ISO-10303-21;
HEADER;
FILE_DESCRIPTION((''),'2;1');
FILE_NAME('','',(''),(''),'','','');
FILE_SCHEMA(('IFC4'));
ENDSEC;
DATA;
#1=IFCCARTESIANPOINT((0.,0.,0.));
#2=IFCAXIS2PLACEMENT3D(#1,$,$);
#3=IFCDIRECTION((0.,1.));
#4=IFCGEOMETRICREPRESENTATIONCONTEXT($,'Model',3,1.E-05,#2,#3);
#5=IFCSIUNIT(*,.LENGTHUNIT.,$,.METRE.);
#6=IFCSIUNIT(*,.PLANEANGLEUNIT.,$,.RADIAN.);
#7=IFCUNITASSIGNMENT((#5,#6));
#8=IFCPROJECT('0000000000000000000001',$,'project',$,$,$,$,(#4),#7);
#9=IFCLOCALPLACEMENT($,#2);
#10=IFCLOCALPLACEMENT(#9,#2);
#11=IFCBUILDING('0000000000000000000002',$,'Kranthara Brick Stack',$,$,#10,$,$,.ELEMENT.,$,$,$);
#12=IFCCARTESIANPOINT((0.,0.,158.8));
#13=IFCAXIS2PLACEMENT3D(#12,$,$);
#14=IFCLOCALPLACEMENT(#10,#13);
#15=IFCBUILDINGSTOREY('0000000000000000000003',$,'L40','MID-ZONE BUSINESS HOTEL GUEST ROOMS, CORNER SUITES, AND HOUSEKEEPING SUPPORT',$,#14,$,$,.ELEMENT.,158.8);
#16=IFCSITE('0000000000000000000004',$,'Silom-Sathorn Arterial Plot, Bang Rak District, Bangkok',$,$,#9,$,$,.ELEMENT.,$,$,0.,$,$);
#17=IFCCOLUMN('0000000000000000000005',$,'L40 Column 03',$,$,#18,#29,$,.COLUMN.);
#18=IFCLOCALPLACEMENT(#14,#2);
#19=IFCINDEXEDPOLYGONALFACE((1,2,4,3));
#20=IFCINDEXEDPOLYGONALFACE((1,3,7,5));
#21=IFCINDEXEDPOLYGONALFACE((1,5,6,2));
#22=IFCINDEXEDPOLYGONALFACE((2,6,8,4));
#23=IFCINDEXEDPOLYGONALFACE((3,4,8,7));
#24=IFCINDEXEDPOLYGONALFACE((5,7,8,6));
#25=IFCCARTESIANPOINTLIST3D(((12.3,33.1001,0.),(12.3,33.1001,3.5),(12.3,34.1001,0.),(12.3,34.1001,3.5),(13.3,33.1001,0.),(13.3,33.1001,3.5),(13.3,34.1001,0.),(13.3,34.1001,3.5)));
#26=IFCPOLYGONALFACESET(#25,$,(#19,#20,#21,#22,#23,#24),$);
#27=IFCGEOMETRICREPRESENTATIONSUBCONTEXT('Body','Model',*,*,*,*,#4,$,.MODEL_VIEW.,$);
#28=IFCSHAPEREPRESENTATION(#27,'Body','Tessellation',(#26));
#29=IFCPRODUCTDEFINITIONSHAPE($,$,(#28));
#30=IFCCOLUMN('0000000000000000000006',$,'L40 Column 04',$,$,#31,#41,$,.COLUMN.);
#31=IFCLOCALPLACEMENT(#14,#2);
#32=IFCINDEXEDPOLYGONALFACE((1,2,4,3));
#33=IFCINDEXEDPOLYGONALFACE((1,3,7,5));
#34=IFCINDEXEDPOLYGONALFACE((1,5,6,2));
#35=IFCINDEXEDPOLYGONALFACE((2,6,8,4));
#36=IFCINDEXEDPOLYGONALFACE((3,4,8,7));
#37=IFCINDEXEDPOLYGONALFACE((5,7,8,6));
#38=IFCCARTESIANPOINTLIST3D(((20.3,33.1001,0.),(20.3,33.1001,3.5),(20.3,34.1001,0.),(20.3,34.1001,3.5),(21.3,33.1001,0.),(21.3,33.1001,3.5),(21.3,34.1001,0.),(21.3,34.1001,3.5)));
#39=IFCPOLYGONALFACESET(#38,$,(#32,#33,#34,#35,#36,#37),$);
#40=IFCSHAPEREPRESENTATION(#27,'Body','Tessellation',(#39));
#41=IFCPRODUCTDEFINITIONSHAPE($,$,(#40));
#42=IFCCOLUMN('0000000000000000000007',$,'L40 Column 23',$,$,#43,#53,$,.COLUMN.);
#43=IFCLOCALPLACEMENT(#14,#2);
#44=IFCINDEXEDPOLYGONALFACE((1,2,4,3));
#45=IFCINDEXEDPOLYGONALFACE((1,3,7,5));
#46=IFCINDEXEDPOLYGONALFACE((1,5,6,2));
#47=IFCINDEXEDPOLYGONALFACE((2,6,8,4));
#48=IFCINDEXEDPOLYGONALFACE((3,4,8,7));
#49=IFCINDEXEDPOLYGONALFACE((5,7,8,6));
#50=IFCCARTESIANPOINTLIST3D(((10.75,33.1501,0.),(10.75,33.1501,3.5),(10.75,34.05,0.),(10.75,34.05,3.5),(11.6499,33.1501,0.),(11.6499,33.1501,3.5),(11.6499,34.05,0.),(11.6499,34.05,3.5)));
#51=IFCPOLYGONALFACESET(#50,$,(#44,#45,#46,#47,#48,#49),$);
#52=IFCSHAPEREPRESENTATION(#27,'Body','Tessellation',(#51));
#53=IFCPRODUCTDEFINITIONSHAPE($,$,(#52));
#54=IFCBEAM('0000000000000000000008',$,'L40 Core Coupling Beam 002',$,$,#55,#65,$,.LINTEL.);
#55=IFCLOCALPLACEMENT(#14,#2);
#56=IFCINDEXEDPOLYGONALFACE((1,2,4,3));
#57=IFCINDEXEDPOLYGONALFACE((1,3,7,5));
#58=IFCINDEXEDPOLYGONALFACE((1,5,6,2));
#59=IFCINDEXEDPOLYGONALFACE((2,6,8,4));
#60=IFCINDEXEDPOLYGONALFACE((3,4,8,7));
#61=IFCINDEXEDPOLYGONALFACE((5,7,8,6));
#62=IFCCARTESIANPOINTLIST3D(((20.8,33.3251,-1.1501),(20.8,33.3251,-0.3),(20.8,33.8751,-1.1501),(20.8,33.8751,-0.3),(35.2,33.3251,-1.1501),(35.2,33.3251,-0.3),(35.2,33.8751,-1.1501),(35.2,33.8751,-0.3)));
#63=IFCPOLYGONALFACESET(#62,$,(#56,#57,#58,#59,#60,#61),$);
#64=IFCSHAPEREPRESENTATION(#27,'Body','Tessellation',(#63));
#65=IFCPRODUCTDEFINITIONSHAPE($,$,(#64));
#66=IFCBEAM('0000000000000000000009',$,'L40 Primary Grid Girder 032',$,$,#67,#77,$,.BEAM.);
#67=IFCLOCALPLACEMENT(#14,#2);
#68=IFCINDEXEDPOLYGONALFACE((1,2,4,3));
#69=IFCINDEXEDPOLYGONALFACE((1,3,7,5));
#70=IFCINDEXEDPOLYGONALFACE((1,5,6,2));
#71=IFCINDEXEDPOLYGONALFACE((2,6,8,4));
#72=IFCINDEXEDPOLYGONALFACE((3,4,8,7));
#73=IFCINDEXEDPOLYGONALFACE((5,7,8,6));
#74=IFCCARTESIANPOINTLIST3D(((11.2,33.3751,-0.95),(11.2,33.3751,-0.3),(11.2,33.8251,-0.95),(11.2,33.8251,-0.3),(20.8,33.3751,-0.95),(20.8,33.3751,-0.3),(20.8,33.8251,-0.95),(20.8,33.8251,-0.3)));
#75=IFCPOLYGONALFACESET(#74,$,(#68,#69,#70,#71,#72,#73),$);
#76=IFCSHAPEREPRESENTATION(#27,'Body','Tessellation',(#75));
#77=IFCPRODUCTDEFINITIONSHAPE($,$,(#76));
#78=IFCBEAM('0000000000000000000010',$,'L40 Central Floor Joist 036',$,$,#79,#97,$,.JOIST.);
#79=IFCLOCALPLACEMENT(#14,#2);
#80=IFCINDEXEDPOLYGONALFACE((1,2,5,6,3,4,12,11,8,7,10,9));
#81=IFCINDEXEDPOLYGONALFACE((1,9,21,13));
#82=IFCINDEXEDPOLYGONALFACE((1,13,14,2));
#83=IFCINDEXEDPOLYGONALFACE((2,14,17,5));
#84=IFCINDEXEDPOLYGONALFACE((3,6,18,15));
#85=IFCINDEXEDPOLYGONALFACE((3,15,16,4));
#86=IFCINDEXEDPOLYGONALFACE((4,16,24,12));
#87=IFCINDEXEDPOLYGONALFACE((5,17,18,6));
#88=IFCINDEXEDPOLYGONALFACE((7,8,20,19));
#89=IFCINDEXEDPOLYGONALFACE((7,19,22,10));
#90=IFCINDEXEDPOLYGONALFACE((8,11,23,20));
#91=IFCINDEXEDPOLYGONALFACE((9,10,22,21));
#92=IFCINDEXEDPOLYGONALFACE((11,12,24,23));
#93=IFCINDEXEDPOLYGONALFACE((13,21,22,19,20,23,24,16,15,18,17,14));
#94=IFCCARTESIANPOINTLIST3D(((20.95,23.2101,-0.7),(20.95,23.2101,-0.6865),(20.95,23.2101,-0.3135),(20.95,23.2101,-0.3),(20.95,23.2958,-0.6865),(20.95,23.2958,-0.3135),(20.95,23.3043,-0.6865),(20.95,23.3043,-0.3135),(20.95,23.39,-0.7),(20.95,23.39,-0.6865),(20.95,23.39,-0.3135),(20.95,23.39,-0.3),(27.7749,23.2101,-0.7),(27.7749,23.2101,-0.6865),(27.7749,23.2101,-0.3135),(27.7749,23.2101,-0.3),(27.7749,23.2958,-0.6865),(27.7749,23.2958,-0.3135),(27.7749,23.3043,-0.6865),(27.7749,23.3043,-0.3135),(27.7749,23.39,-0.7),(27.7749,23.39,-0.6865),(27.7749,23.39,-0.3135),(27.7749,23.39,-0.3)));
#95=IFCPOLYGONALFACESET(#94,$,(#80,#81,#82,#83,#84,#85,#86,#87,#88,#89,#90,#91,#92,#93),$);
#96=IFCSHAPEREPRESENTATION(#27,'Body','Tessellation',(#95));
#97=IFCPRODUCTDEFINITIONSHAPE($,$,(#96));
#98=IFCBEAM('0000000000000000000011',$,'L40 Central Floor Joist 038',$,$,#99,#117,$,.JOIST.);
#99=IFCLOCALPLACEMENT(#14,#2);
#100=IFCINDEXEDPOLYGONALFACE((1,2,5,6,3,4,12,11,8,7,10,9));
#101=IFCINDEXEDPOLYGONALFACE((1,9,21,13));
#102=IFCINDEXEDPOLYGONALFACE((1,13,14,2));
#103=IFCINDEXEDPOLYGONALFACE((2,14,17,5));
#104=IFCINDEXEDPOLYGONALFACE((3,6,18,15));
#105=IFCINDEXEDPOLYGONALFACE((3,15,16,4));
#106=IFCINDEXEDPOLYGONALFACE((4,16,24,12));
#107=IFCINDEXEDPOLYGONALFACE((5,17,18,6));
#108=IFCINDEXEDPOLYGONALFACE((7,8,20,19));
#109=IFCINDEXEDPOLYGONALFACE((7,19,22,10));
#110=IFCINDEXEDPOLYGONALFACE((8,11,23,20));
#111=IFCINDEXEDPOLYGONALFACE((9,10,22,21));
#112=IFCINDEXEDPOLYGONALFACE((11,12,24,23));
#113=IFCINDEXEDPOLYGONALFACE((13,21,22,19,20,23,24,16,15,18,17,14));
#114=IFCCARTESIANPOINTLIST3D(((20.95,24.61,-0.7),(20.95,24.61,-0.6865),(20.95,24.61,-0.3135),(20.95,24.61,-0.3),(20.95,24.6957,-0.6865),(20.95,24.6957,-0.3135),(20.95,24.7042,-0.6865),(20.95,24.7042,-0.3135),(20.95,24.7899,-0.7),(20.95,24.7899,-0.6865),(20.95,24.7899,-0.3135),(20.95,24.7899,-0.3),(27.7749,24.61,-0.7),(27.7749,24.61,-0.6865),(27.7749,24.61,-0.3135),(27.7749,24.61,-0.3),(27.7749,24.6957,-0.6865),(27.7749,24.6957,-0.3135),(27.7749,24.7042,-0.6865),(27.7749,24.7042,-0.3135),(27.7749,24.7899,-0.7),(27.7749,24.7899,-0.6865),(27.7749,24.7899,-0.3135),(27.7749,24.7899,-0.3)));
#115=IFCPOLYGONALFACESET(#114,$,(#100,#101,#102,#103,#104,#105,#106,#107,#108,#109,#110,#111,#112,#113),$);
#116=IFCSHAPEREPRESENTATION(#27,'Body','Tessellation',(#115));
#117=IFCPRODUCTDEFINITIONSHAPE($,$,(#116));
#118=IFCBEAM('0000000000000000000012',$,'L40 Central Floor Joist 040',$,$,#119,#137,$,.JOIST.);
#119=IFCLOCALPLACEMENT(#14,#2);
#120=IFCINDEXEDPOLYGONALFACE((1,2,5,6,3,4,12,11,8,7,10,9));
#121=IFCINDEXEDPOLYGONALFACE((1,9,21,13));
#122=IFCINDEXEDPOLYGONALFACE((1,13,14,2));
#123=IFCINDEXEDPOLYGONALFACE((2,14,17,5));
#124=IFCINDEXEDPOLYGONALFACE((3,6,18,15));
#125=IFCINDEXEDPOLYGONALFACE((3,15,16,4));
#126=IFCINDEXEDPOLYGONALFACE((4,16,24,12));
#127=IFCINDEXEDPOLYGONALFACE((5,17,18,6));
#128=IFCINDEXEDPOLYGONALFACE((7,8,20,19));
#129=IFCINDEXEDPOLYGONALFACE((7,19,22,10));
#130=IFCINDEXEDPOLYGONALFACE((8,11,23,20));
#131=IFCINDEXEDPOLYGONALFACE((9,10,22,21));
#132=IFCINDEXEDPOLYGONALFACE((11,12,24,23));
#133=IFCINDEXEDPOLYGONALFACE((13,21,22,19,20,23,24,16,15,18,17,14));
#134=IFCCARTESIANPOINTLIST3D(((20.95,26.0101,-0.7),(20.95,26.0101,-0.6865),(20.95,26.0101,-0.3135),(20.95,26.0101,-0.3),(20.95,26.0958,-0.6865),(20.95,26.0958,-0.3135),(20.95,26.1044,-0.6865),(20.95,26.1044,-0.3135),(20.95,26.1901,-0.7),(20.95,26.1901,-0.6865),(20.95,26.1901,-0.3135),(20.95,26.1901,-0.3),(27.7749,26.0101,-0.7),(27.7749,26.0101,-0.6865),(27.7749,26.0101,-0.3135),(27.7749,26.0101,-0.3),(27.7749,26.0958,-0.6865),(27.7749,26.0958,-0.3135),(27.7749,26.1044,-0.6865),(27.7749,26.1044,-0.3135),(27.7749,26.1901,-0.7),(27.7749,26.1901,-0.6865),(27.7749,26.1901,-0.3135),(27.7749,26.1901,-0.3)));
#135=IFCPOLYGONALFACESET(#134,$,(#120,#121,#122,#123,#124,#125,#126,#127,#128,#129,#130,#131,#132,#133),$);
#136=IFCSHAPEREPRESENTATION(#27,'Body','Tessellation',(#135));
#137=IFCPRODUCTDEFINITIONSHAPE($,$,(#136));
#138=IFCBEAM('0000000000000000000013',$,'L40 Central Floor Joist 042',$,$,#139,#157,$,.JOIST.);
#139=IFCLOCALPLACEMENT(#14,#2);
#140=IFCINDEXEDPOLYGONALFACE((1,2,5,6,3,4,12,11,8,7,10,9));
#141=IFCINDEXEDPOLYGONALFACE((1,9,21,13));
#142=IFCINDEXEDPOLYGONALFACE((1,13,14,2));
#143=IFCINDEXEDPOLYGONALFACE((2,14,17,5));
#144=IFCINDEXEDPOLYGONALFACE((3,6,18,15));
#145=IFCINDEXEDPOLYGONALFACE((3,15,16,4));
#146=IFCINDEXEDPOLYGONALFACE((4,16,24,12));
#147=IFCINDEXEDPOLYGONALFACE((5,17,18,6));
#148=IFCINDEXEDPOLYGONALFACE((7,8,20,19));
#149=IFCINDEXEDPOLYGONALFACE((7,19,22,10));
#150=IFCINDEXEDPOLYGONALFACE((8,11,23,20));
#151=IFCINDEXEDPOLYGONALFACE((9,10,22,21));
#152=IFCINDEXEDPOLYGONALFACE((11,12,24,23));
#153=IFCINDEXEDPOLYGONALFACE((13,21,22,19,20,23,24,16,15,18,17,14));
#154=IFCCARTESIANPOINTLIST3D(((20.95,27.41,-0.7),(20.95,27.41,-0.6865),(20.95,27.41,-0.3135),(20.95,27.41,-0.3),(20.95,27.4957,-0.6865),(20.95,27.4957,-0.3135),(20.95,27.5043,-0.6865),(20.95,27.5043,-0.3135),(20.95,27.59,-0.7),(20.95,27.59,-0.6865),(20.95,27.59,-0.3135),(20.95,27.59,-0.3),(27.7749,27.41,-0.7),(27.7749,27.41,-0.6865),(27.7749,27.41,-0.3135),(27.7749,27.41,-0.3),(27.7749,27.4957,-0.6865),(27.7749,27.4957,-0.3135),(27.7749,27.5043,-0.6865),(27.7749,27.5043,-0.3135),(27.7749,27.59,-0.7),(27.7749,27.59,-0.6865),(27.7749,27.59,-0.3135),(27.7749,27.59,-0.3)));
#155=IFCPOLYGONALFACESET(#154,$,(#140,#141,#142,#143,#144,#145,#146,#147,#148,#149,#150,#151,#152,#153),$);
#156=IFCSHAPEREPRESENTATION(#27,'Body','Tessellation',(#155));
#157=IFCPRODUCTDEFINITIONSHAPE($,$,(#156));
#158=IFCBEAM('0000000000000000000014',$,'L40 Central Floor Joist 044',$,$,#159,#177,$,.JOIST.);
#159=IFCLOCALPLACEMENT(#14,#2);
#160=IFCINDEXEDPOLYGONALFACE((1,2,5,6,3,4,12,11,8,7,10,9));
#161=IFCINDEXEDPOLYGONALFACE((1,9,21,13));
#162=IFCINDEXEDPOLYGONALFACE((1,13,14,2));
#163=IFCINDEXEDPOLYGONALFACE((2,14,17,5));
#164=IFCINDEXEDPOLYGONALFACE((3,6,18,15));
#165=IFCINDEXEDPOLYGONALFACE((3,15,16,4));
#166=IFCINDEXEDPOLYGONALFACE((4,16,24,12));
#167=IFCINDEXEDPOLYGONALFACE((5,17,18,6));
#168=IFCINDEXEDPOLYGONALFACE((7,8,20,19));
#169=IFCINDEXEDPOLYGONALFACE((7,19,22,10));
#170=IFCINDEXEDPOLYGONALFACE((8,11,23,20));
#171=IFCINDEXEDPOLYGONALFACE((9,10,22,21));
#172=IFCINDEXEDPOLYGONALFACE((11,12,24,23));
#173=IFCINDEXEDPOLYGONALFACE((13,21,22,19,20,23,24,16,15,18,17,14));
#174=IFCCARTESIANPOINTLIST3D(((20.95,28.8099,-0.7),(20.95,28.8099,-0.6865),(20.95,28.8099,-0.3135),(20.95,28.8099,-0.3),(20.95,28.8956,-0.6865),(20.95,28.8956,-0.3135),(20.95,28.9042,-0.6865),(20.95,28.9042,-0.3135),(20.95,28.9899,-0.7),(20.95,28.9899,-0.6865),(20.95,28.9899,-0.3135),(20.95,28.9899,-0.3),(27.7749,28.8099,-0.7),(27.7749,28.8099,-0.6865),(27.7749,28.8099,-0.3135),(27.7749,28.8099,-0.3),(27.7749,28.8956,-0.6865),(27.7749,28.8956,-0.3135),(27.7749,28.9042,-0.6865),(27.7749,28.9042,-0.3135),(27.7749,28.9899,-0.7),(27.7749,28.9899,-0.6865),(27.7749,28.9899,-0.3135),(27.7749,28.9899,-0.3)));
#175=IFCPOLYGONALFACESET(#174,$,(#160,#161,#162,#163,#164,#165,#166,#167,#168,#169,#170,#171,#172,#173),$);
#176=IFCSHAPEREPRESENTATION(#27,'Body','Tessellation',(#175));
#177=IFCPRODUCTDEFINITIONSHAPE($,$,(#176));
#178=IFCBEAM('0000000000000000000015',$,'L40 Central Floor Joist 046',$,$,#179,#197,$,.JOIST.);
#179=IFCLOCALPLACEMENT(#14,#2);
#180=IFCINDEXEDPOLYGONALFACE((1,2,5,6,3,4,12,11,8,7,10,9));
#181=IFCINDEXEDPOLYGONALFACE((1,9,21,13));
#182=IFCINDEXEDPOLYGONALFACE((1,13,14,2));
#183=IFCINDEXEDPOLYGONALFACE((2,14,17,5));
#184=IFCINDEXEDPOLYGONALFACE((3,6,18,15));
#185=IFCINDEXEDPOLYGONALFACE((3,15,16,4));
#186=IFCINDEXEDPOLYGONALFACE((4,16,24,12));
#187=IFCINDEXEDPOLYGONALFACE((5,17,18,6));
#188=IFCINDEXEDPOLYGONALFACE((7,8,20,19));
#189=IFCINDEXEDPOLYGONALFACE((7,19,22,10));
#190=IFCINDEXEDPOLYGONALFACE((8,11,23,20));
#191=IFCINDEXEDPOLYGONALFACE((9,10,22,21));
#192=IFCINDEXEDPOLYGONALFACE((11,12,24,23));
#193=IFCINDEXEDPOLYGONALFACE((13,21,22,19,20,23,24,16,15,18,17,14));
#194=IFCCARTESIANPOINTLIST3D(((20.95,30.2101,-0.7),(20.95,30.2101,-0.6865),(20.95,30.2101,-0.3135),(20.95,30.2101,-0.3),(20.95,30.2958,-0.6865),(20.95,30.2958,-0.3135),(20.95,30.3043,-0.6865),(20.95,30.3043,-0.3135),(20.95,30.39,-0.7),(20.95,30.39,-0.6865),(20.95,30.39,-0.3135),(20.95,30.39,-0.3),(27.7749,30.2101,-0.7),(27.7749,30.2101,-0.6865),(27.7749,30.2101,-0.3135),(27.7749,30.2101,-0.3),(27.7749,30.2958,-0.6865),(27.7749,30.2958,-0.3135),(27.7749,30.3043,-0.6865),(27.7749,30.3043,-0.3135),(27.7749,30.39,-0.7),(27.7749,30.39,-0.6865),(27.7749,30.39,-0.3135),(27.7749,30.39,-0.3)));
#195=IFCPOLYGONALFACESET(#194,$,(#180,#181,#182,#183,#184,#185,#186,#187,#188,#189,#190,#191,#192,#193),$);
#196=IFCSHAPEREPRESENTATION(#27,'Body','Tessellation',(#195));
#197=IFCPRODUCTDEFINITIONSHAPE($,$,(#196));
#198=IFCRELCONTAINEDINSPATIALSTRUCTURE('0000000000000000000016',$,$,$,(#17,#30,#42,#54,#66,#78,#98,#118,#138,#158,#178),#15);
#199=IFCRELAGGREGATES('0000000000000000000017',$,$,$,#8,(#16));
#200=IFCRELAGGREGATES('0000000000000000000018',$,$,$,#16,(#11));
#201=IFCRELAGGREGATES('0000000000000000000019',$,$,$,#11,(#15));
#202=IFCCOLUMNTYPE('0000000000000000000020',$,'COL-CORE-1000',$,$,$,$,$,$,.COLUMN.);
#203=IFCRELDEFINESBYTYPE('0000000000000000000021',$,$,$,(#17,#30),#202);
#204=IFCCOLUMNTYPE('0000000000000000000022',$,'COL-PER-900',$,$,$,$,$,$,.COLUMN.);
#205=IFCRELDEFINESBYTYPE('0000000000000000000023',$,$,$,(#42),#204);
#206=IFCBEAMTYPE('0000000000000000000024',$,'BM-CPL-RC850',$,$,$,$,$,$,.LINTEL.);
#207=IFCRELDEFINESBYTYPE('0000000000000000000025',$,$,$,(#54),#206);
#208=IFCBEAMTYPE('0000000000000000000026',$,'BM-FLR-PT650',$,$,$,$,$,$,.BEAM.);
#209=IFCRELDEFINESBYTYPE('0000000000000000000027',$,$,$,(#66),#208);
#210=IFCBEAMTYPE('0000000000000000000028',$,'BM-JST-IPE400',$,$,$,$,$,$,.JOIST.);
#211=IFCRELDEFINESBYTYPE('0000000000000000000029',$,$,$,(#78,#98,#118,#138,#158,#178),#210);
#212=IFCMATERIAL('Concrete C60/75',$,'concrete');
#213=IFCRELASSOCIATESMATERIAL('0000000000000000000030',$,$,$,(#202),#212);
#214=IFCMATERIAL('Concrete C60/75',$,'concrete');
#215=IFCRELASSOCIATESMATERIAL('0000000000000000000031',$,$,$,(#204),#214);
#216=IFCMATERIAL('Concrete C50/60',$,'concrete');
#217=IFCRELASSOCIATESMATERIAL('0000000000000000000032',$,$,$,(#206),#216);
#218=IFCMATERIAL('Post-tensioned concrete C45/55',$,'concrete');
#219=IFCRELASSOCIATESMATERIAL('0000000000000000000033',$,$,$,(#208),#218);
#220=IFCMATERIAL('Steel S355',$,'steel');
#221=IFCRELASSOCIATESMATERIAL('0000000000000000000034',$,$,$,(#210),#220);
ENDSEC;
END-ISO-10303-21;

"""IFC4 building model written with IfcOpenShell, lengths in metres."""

from ifc_helpers import new_model, si_unit, direction, frame, origin, origin_2d, place, context, subcontext, project, spatial, rectangle, i_section, extrude, material, material_profile, profile_set, type_object, element, save


model = new_model("IFC4")

# Units and contexts
model_context = context("Model", 3, precision=1e-05, world=origin(), true_north=direction((0.0, 1.0)))
body_context = subcontext(model_context, "Body", "Model", "MODEL_VIEW")
ifc_project = project(units=[si_unit("LENGTHUNIT", "METRE"), si_unit("PLANEANGLEUNIT", "RADIAN")], contexts=[model_context])

# Site, building, storey
site_placement = place(None, origin())
site = spatial("IfcSite", under=ifc_project, at=site_placement, Name="Silom-Sathorn Arterial Plot, Bang Rak District, Bangkok", CompositionType="ELEMENT", RefElevation=0.0)
building_placement = place(site_placement, origin())
building = spatial("IfcBuilding", under=site, at=building_placement, Name="Kranthara Brick Stack", CompositionType="ELEMENT")
storey_placement = place(building_placement, frame((0.0, 0.0, 158.8)))
storey = spatial("IfcBuildingStorey", under=building, at=storey_placement, Name="L40", Description="MID-ZONE BUSINESS HOTEL GUEST ROOMS, CORNER SUITES, AND HOUSEKEEPING SUPPORT", CompositionType="ELEMENT", Elevation=158.8)

# Columns
ifc_material_1 = material(Name="Concrete C60/75", Category="concrete")
ifc_material_profile_1 = material_profile(ifc_material_1, rectangle(XDim=1.0, YDim=1.0, at=origin_2d()), Name="RC 1000x1000")
ifc_profile_set_1 = profile_set([ifc_material_profile_1], Name="Concrete C60/75")
column_type_1 = type_object("IfcColumnType", Name="COL-CORE-1000", PredefinedType="COLUMN", material=ifc_profile_set_1)
for number, where, z_axis, x_axis, name in (
    (1, (12.8, 33.6001, 0.0), (0.0, 0.0, 1.0), (1.0, 0.0, 0.0), "L40 Column 03"),
    (2, (20.8, 33.6001, 0.0), (0.0, 0.0, 1.0), (1.0, 0.0, 0.0), "L40 Column 04"),
):
    element("IfcColumn", number, at=place(storey_placement, frame(where, z_axis=z_axis, x_axis=x_axis)), inside=storey, type_object=column_type_1, Name=name, PredefinedType="COLUMN", context=body_context, shape_type="SweptSolid", body=[
        extrude(rectangle(XDim=1.0, YDim=1.0, at=origin_2d()), origin(), (0.0, 0.0, 1.0), 3.5),
    ])
ifc_material_2 = material(Name="Concrete C60/75", Category="concrete")
ifc_material_profile_2 = material_profile(ifc_material_2, rectangle(XDim=0.8999, YDim=0.8999, at=origin_2d()), Name="RC 900x900")
ifc_profile_set_2 = profile_set([ifc_material_profile_2], Name="Concrete C60/75")
column_type_2 = type_object("IfcColumnType", Name="COL-PER-900", PredefinedType="COLUMN", material=ifc_profile_set_2)
column_placement = place(storey_placement, frame((11.2, 33.6001, 0.0), z_axis=(0.0, 0.0, 1.0), x_axis=(1.0, 0.0, 0.0)))
element("IfcColumn", 3, at=column_placement, inside=storey, type_object=column_type_2, Name="L40 Column 23", PredefinedType="COLUMN", context=body_context, shape_type="SweptSolid", body=[
    extrude(rectangle(XDim=0.8999, YDim=0.8999, at=origin_2d()), origin(), (0.0, 0.0, 1.0), 3.5),
])

# Beams
ifc_material_3 = material(Name="Concrete C50/60", Category="concrete")
ifc_material_profile_3 = material_profile(ifc_material_3, rectangle(XDim=0.55, YDim=0.8501, at=origin_2d()), Name="RC 550x850")
ifc_profile_set_3 = profile_set([ifc_material_profile_3], Name="Concrete C50/60")
beam_type_1 = type_object("IfcBeamType", Name="BM-CPL-RC850", PredefinedType="LINTEL", material=ifc_profile_set_3)
beam_1_placement = place(storey_placement, frame((20.8, 33.6001, -0.7251), z_axis=(1.0, 0.0, 0.0), x_axis=(0.0, 1.0, 0.0)))
element("IfcBeam", 4, at=beam_1_placement, inside=storey, type_object=beam_type_1, Name="L40 Core Coupling Beam 002", PredefinedType="LINTEL", context=body_context, shape_type="SweptSolid", body=[
    extrude(rectangle(XDim=0.55, YDim=0.8501, at=origin_2d()), origin(), (0.0, 0.0, 1.0), 14.3999),
])
ifc_material_4 = material(Name="Post-tensioned concrete C45/55", Category="concrete")
ifc_material_profile_4 = material_profile(ifc_material_4, rectangle(XDim=0.45, YDim=0.6499, at=origin_2d()), Name="PT 450x650")
ifc_profile_set_4 = profile_set([ifc_material_profile_4], Name="Post-tensioned concrete C45/55")
beam_type_2 = type_object("IfcBeamType", Name="BM-FLR-PT650", PredefinedType="BEAM", material=ifc_profile_set_4)
beam_2_placement = place(storey_placement, frame((11.2, 33.6001, -0.625), z_axis=(1.0, 0.0, 0.0), x_axis=(0.0, 1.0, 0.0)))
element("IfcBeam", 5, at=beam_2_placement, inside=storey, type_object=beam_type_2, Name="L40 Primary Grid Girder 032", PredefinedType="BEAM", context=body_context, shape_type="SweptSolid", body=[
    extrude(rectangle(XDim=0.45, YDim=0.6499, at=origin_2d()), origin(), (0.0, 0.0, 1.0), 9.6001),
])
ifc_material_5 = material(Name="Steel S355", Category="steel")
ifc_material_profile_5 = material_profile(ifc_material_5, i_section(OverallWidth=0.1799, OverallDepth=0.3999, WebThickness=0.0085, FlangeThickness=0.0134, at=origin_2d()), Name="IPE 400")
ifc_profile_set_5 = profile_set([ifc_material_profile_5], Name="Steel S355")
beam_type_3 = type_object("IfcBeamType", Name="BM-JST-IPE400", PredefinedType="JOIST", material=ifc_profile_set_5)
for number, where, z_axis, x_axis, name in (
    (6, (20.95, 23.3, -0.5), (1.0, 0.0, 0.0), (0.0, 1.0, 0.0), "L40 Central Floor Joist 036"),
    (7, (20.95, 24.7, -0.5), (1.0, 0.0, 0.0), (0.0, 1.0, 0.0), "L40 Central Floor Joist 038"),
    (8, (20.95, 26.1001, -0.5), (1.0, 0.0, 0.0), (0.0, 1.0, 0.0), "L40 Central Floor Joist 040"),
    (9, (20.95, 27.5, -0.5), (1.0, 0.0, 0.0), (0.0, 1.0, 0.0), "L40 Central Floor Joist 042"),
    (10, (20.95, 28.8999, -0.5), (1.0, 0.0, 0.0), (0.0, 1.0, 0.0), "L40 Central Floor Joist 044"),
    (11, (20.95, 30.3, -0.5), (1.0, 0.0, 0.0), (0.0, 1.0, 0.0), "L40 Central Floor Joist 046"),
):
    element("IfcBeam", number, at=place(storey_placement, frame(where, z_axis=z_axis, x_axis=x_axis)), inside=storey, type_object=beam_type_3, Name=name, PredefinedType="JOIST", context=body_context, shape_type="SweptSolid", body=[
        extrude(i_section(OverallWidth=0.1799, OverallDepth=0.3999, WebThickness=0.0085, FlangeThickness=0.0134, at=origin_2d()), origin(), (0.0, 0.0, 1.0), 6.825),
    ])

save(model, "model.ifc")
